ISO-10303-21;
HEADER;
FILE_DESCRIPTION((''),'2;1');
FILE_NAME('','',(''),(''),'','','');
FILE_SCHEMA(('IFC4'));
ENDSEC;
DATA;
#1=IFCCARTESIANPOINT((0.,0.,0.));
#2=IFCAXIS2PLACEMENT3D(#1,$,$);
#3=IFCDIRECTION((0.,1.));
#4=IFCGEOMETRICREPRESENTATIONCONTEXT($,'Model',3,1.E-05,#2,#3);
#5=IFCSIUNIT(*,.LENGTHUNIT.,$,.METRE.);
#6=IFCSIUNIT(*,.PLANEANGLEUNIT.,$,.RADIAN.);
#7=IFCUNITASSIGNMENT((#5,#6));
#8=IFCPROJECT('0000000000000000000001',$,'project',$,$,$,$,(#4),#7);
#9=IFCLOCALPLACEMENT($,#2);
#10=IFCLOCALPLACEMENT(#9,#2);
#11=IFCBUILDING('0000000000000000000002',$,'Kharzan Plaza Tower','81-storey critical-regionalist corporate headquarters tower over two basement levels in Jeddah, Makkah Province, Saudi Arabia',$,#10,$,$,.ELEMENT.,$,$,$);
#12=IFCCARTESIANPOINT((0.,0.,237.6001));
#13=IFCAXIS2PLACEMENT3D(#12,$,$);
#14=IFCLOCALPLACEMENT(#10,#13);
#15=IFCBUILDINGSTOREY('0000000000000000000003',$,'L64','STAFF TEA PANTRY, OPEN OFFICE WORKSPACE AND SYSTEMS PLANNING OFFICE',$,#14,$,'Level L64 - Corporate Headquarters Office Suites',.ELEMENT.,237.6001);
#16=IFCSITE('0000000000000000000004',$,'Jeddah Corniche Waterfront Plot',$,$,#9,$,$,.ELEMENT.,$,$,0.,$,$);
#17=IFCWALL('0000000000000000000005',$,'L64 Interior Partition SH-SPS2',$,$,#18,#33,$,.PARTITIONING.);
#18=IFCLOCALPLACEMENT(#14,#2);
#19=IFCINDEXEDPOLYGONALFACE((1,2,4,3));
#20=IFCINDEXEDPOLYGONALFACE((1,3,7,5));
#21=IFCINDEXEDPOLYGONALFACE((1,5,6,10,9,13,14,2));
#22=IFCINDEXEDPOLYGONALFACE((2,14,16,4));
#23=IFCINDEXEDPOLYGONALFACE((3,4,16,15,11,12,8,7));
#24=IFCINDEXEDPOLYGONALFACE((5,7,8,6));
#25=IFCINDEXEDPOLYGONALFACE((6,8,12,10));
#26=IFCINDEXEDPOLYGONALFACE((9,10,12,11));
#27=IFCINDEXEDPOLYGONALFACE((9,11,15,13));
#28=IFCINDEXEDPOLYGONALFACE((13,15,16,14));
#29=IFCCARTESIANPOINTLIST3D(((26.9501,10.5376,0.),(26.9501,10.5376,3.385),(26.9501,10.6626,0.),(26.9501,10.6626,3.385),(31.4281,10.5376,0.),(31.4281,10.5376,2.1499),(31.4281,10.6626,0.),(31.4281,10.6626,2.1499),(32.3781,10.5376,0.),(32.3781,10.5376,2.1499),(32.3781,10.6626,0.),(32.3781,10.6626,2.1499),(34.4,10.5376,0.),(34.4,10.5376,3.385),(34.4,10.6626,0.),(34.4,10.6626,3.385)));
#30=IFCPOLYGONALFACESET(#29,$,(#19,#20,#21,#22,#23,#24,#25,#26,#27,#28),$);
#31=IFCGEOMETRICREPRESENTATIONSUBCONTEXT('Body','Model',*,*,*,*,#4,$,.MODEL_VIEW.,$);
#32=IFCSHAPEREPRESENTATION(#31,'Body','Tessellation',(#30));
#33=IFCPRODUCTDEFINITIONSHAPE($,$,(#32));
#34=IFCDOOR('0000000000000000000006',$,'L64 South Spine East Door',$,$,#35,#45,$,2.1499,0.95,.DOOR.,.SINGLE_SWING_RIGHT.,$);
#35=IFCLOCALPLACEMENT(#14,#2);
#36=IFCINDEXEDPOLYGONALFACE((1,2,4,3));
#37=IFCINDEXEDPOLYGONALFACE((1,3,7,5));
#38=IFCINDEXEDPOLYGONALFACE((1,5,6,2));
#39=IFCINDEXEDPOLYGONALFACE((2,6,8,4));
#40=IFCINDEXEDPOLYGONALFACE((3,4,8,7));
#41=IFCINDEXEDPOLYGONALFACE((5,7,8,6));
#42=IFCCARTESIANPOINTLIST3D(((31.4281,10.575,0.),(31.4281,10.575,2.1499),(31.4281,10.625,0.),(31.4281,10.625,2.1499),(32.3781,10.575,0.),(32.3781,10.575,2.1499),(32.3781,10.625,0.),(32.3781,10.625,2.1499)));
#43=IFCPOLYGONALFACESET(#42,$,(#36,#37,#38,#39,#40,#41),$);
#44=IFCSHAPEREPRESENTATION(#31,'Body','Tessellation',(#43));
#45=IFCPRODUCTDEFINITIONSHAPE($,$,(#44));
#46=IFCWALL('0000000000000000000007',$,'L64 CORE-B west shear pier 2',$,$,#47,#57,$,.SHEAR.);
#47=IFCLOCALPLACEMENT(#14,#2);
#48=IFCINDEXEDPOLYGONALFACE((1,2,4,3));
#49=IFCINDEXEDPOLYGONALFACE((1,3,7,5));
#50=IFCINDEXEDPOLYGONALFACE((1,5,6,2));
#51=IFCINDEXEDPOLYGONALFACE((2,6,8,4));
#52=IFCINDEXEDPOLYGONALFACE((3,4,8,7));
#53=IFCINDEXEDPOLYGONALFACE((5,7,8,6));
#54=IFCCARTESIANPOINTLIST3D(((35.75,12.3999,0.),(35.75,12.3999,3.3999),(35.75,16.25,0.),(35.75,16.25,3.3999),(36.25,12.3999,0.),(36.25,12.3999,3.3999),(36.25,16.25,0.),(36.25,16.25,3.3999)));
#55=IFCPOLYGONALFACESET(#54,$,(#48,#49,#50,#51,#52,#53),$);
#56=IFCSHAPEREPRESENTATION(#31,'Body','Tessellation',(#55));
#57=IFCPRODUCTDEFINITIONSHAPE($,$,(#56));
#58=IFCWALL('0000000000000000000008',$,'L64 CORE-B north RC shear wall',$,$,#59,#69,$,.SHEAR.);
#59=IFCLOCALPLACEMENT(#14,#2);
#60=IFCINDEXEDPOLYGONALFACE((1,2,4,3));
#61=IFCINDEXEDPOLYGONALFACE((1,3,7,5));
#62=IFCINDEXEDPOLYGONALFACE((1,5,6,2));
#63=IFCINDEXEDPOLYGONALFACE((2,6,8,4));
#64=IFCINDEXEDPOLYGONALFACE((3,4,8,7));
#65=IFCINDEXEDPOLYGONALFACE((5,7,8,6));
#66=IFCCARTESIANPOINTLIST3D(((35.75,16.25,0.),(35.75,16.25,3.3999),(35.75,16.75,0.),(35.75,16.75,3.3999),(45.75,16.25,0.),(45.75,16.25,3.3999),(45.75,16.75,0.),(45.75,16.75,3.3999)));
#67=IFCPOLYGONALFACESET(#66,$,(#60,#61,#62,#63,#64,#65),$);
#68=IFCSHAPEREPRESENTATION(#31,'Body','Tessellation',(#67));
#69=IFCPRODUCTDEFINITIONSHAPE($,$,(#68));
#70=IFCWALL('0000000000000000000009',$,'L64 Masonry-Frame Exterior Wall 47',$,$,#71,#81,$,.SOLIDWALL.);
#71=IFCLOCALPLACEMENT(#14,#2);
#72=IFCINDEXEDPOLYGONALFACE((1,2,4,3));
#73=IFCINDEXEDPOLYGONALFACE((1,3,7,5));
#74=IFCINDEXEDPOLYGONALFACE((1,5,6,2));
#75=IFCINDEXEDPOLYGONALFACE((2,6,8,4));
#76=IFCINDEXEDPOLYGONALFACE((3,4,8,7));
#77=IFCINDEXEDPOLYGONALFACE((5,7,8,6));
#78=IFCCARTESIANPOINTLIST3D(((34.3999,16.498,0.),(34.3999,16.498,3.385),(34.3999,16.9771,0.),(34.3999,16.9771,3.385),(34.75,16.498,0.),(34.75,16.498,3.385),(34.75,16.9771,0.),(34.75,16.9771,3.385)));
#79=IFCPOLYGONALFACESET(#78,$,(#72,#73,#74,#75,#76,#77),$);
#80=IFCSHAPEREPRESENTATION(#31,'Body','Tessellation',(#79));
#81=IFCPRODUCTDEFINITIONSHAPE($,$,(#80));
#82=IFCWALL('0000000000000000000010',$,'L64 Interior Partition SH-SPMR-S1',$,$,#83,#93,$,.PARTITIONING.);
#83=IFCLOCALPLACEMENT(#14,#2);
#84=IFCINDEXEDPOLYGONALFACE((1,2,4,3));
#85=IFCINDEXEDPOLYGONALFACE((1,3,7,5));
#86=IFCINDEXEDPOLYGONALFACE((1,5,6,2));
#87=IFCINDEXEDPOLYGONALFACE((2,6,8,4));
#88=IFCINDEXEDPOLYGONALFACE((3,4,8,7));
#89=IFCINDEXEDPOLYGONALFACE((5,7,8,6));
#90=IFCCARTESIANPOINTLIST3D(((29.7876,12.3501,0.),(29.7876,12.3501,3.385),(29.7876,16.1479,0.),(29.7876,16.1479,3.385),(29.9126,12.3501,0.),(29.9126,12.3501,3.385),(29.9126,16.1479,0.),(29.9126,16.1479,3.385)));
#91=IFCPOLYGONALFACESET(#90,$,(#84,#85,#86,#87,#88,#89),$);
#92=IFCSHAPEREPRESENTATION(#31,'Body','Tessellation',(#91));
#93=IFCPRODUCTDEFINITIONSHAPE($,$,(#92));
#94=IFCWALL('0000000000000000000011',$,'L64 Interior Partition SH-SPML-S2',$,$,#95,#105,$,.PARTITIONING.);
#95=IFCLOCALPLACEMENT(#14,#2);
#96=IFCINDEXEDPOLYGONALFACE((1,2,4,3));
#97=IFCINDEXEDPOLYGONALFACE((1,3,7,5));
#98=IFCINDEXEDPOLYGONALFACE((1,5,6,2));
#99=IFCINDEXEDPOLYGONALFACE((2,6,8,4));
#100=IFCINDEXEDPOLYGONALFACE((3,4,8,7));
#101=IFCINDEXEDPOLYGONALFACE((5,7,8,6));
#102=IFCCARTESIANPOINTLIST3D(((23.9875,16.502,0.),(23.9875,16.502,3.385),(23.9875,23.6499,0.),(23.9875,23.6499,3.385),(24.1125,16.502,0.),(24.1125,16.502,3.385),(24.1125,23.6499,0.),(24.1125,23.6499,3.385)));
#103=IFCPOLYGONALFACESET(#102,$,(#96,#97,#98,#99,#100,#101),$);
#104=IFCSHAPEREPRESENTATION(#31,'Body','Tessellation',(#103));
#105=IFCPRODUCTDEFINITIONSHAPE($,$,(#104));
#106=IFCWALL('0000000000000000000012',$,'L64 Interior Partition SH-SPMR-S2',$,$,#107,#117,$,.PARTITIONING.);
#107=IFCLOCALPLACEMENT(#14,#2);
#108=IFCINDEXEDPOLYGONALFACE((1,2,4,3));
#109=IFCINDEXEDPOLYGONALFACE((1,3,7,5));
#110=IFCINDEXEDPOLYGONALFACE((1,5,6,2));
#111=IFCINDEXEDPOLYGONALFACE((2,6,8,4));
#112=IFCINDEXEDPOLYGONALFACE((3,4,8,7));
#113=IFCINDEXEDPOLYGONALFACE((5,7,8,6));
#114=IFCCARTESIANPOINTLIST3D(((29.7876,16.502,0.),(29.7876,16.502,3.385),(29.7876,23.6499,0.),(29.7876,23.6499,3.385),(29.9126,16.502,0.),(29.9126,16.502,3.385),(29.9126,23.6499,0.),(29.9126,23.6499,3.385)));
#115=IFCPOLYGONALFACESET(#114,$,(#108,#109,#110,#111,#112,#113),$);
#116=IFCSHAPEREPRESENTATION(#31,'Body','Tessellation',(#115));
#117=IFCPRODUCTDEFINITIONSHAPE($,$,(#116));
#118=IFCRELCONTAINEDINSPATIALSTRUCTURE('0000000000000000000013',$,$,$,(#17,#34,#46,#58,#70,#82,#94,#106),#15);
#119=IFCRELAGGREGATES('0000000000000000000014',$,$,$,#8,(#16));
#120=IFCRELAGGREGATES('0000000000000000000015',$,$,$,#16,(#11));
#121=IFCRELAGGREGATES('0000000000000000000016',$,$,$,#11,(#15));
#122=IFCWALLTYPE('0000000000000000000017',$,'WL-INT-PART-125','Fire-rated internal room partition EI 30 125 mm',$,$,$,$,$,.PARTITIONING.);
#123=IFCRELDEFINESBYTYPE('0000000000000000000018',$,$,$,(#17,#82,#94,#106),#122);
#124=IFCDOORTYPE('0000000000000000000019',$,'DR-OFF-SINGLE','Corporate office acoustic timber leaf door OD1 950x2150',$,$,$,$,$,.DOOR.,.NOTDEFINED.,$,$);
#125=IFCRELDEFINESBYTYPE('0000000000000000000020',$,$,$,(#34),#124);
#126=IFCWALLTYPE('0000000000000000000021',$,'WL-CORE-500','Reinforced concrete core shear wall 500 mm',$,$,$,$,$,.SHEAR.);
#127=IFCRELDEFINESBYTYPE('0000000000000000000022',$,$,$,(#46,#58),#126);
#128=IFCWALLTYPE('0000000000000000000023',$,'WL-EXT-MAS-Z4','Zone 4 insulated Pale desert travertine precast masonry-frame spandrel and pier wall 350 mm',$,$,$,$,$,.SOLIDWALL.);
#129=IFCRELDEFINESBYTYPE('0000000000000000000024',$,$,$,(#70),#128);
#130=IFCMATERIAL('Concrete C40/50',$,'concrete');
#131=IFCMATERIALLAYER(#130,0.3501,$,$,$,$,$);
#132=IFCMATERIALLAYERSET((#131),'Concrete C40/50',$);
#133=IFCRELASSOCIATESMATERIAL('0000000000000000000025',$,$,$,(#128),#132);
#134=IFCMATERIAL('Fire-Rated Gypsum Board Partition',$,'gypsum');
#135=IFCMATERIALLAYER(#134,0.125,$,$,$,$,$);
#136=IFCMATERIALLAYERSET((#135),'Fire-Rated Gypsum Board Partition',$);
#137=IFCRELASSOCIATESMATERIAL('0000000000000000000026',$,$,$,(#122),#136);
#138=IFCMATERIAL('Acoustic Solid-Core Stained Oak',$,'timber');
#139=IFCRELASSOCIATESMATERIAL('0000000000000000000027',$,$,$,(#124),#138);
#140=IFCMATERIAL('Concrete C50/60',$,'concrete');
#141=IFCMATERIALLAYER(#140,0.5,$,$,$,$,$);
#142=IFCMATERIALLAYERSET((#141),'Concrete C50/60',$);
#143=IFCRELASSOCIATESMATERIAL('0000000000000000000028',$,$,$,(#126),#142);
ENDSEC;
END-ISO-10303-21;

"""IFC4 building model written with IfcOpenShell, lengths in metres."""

from ifc_helpers import new_model, si_unit, direction, frame, frame_2d, origin, place, context, subcontext, project, spatial, rectangle, extrude, source, transform, mapped, material, layer, layer_set, type_object, element, fill, save


model = new_model("IFC4")

# Units and contexts
model_context = context("Model", 3, precision=1e-05, world=origin(), true_north=direction((0.0, 1.0)))
body_context = subcontext(model_context, "Body", "Model", "MODEL_VIEW")
ifc_project = project(units=[si_unit("LENGTHUNIT", "METRE"), si_unit("PLANEANGLEUNIT", "RADIAN")], contexts=[model_context])

# Site, building, storey
site_placement = place(None, origin())
site = spatial("IfcSite", under=ifc_project, at=site_placement, Name="Jeddah Corniche Waterfront Plot", CompositionType="ELEMENT", RefElevation=0.0)
building_placement = place(site_placement, origin())
building = spatial("IfcBuilding", under=site, at=building_placement, Name="Kharzan Plaza Tower", Description="81-storey critical-regionalist corporate headquarters tower over two basement levels in Jeddah, Makkah Province, Saudi Arabia", CompositionType="ELEMENT")
storey_placement = place(building_placement, frame((0.0, 0.0, 237.6001)))
storey = spatial("IfcBuildingStorey", under=building, at=storey_placement, Name="L64", Description="STAFF TEA PANTRY, OPEN OFFICE WORKSPACE AND SYSTEMS PLANNING OFFICE", LongName="Level L64 - Corporate Headquarters Office Suites", CompositionType="ELEMENT", Elevation=237.6001)

# Shared definitions
ifc_material_1 = material(Name="Concrete C50/60", Category="concrete")

# Shared definitions
ifc_material_2 = material(Name="Concrete C40/50", Category="concrete")
ifc_layer_1 = layer(ifc_material_2, 0.3501)
ifc_layer_set_1 = layer_set([ifc_layer_1], Name="Concrete C40/50")
wall_type_1 = type_object("IfcWallType", Name="WL-EXT-MAS-Z4", Description="Zone 4 insulated Pale desert travertine precast masonry-frame spandrel and pier wall 350 mm", PredefinedType="SOLIDWALL", material=ifc_layer_set_1)

# Wall, opening, door
ifc_material_3 = material(Name="Fire-Rated Gypsum Board Partition", Category="gypsum")
ifc_layer_2 = layer(ifc_material_3, 0.125)
ifc_layer_set_2 = layer_set([ifc_layer_2], Name="Fire-Rated Gypsum Board Partition")
wall_type_2 = type_object("IfcWallType", Name="WL-INT-PART-125", Description="Fire-rated internal room partition EI 30 125 mm", PredefinedType="PARTITIONING", material=ifc_layer_set_2)
ifc_material_4 = material(Name="Acoustic Solid-Core Stained Oak", Category="timber")
door_type_1 = type_object("IfcDoorType", Name="DR-OFF-SINGLE", Description="Corporate office acoustic timber leaf door OD1 950x2150", OperationType="NOTDEFINED", PredefinedType="DOOR", material=ifc_material_4)
shared_shape_1 = source(origin(), body_context, "Body", "SweptSolid", [
    extrude(rectangle(XDim=0.95, YDim=2.1499, at=frame_2d((0.4751, 1.075))), frame((0.0, 0.0249, 0.0), z_axis=(0.0, -1.0, 0.0), x_axis=(1.0, 0.0, 0.0)), (0.0, 0.0, 1.0), 0.05),
])
wall_1_placement = place(storey_placement, frame((26.95, 10.6001, 0.0), z_axis=(0.0, 0.0, 1.0), x_axis=(1.0, 0.0, 0.0)))
wall_1 = element("IfcWall", 1, at=wall_1_placement, inside=storey, type_object=wall_type_2, Name="L64 Interior Partition SH-SPS2", PredefinedType="PARTITIONING", context=body_context, shape_type="SweptSolid", body=[
    extrude(rectangle(XDim=7.45, YDim=0.125, at=frame_2d((3.7251, 0.0))), origin(), (0.0, 0.0, 1.0), 3.385),
])
opening_1_placement = place(wall_1_placement, frame((4.478, 0.0, 0.0)))
opening_1 = element("IfcOpeningElement", 2, at=opening_1_placement, cuts=wall_1, PredefinedType="OPENING", context=body_context, shape_type="SweptSolid", body=[
    extrude(rectangle(XDim=0.95, YDim=2.1499, at=frame_2d((0.4751, 1.075))), frame((0.0, 0.0725, 0.0), z_axis=(0.0, -1.0, 0.0), x_axis=(1.0, 0.0, 0.0)), (0.0, 0.0, 1.0), 0.145),
])
door_1_placement = place(opening_1_placement, origin())
door_1 = element("IfcDoor", 3, at=door_1_placement, inside=storey, type_object=door_type_1, Name="L64 South Spine East Door", OperationType="SINGLE_SWING_RIGHT", OverallHeight=2.1499, OverallWidth=0.95, PredefinedType="DOOR", context=body_context, shape_type="MappedRepresentation", body=[
    mapped(shared_shape_1, transform((0.0, 0.0, 0.0), x_axis=(1.0, 0.0, 0.0), y_axis=(0.0, 1.0, 0.0), z_axis=(0.0, 0.0, 1.0))),
])
fill(opening_1, door_1)

# Walls
ifc_layer_3 = layer(ifc_material_1, 0.5)
ifc_layer_set_3 = layer_set([ifc_layer_3], Name="Concrete C50/60")
wall_type_3 = type_object("IfcWallType", Name="WL-CORE-500", Description="Reinforced concrete core shear wall 500 mm", PredefinedType="SHEAR", material=ifc_layer_set_3)
shared_shape_2 = source(origin(), body_context, "Body", "SweptSolid", [
    extrude(rectangle(XDim=3.8501, YDim=0.5, at=frame_2d((1.925, 0.0))), origin(), (0.0, 0.0, 1.0), 3.3999),
])
wall_2_placement = place(storey_placement, frame((36.0, 12.3999, 0.0), z_axis=(0.0, 0.0, 1.0), x_axis=(0.0, 1.0, 0.0)))
element("IfcWall", 4, at=wall_2_placement, inside=storey, type_object=wall_type_3, Name="L64 CORE-B west shear pier 2", PredefinedType="SHEAR", context=body_context, shape_type="MappedRepresentation", body=[
    mapped(shared_shape_2, transform((0.0, 0.0, 0.0), x_axis=(1.0, 0.0, 0.0), y_axis=(0.0, 1.0, 0.0), z_axis=(0.0, 0.0, 1.0))),
])
shared_shape_3 = source(origin(), body_context, "Body", "SweptSolid", [
    extrude(rectangle(XDim=10.0, YDim=0.5, at=frame_2d((5.0, 0.0))), origin(), (0.0, 0.0, 1.0), 3.3999),
])
wall_3_placement = place(storey_placement, frame((35.75, 16.5, 0.0), z_axis=(0.0, 0.0, 1.0), x_axis=(1.0, 0.0, 0.0)))
element("IfcWall", 5, at=wall_3_placement, inside=storey, type_object=wall_type_3, Name="L64 CORE-B north RC shear wall", PredefinedType="SHEAR", context=body_context, shape_type="MappedRepresentation", body=[
    mapped(shared_shape_3, transform((0.0, 0.0, 0.0), x_axis=(1.0, 0.0, 0.0), y_axis=(0.0, 1.0, 0.0), z_axis=(0.0, 0.0, 1.0))),
])
shared_shape_4 = source(origin(), body_context, "Body", "SweptSolid", [
    extrude(rectangle(XDim=0.479, YDim=0.3501, at=frame_2d((0.2395, 0.0))), origin(), (0.0, 0.0, 1.0), 3.385),
])
wall_4_placement = place(storey_placement, frame((34.575, 16.9771, 0.0), z_axis=(0.0, 0.0, 1.0), x_axis=(0.0, -1.0, 0.0)))
element("IfcWall", 6, at=wall_4_placement, inside=storey, type_object=wall_type_1, Name="L64 Masonry-Frame Exterior Wall 47", PredefinedType="SOLIDWALL", context=body_context, shape_type="MappedRepresentation", body=[
    mapped(shared_shape_4, transform((0.0, 0.0, 0.0), x_axis=(1.0, 0.0, 0.0), y_axis=(0.0, 1.0, 0.0), z_axis=(0.0, 0.0, 1.0))),
])
shared_shape_5 = source(origin(), body_context, "Body", "SweptSolid", [
    extrude(rectangle(XDim=3.7979, YDim=0.125, at=frame_2d((1.8989, 0.0))), origin(), (0.0, 0.0, 1.0), 3.385),
])
wall_5_placement = place(storey_placement, frame((29.8501, 12.3501, 0.0), z_axis=(0.0, 0.0, 1.0), x_axis=(0.0, 1.0, 0.0)))
element("IfcWall", 7, at=wall_5_placement, inside=storey, type_object=wall_type_2, Name="L64 Interior Partition SH-SPMR-S1", PredefinedType="PARTITIONING", context=body_context, shape_type="MappedRepresentation", body=[
    mapped(shared_shape_5, transform((0.0, 0.0, 0.0), x_axis=(1.0, 0.0, 0.0), y_axis=(0.0, 1.0, 0.0), z_axis=(0.0, 0.0, 1.0))),
])
shared_shape_6 = source(origin(), body_context, "Body", "SweptSolid", [
    extrude(rectangle(XDim=7.1479, YDim=0.125, at=frame_2d((3.574, 0.0))), origin(), (0.0, 0.0, 1.0), 3.385),
])
for number, where, z_axis, x_axis, name in (
    (8, (24.05, 16.502, 0.0), (0.0, 0.0, 1.0), (0.0, 1.0, 0.0), "L64 Interior Partition SH-SPML-S2"),
    (9, (29.8501, 16.502, 0.0), (0.0, 0.0, 1.0), (0.0, 1.0, 0.0), "L64 Interior Partition SH-SPMR-S2"),
):
    element("IfcWall", number, at=place(storey_placement, frame(where, z_axis=z_axis, x_axis=x_axis)), inside=storey, type_object=wall_type_2, Name=name, PredefinedType="PARTITIONING", context=body_context, shape_type="MappedRepresentation", body=[
        mapped(shared_shape_6, transform((0.0, 0.0, 0.0), x_axis=(1.0, 0.0, 0.0), y_axis=(0.0, 1.0, 0.0), z_axis=(0.0, 0.0, 1.0))),
    ])

save(model, "model.ifc")
